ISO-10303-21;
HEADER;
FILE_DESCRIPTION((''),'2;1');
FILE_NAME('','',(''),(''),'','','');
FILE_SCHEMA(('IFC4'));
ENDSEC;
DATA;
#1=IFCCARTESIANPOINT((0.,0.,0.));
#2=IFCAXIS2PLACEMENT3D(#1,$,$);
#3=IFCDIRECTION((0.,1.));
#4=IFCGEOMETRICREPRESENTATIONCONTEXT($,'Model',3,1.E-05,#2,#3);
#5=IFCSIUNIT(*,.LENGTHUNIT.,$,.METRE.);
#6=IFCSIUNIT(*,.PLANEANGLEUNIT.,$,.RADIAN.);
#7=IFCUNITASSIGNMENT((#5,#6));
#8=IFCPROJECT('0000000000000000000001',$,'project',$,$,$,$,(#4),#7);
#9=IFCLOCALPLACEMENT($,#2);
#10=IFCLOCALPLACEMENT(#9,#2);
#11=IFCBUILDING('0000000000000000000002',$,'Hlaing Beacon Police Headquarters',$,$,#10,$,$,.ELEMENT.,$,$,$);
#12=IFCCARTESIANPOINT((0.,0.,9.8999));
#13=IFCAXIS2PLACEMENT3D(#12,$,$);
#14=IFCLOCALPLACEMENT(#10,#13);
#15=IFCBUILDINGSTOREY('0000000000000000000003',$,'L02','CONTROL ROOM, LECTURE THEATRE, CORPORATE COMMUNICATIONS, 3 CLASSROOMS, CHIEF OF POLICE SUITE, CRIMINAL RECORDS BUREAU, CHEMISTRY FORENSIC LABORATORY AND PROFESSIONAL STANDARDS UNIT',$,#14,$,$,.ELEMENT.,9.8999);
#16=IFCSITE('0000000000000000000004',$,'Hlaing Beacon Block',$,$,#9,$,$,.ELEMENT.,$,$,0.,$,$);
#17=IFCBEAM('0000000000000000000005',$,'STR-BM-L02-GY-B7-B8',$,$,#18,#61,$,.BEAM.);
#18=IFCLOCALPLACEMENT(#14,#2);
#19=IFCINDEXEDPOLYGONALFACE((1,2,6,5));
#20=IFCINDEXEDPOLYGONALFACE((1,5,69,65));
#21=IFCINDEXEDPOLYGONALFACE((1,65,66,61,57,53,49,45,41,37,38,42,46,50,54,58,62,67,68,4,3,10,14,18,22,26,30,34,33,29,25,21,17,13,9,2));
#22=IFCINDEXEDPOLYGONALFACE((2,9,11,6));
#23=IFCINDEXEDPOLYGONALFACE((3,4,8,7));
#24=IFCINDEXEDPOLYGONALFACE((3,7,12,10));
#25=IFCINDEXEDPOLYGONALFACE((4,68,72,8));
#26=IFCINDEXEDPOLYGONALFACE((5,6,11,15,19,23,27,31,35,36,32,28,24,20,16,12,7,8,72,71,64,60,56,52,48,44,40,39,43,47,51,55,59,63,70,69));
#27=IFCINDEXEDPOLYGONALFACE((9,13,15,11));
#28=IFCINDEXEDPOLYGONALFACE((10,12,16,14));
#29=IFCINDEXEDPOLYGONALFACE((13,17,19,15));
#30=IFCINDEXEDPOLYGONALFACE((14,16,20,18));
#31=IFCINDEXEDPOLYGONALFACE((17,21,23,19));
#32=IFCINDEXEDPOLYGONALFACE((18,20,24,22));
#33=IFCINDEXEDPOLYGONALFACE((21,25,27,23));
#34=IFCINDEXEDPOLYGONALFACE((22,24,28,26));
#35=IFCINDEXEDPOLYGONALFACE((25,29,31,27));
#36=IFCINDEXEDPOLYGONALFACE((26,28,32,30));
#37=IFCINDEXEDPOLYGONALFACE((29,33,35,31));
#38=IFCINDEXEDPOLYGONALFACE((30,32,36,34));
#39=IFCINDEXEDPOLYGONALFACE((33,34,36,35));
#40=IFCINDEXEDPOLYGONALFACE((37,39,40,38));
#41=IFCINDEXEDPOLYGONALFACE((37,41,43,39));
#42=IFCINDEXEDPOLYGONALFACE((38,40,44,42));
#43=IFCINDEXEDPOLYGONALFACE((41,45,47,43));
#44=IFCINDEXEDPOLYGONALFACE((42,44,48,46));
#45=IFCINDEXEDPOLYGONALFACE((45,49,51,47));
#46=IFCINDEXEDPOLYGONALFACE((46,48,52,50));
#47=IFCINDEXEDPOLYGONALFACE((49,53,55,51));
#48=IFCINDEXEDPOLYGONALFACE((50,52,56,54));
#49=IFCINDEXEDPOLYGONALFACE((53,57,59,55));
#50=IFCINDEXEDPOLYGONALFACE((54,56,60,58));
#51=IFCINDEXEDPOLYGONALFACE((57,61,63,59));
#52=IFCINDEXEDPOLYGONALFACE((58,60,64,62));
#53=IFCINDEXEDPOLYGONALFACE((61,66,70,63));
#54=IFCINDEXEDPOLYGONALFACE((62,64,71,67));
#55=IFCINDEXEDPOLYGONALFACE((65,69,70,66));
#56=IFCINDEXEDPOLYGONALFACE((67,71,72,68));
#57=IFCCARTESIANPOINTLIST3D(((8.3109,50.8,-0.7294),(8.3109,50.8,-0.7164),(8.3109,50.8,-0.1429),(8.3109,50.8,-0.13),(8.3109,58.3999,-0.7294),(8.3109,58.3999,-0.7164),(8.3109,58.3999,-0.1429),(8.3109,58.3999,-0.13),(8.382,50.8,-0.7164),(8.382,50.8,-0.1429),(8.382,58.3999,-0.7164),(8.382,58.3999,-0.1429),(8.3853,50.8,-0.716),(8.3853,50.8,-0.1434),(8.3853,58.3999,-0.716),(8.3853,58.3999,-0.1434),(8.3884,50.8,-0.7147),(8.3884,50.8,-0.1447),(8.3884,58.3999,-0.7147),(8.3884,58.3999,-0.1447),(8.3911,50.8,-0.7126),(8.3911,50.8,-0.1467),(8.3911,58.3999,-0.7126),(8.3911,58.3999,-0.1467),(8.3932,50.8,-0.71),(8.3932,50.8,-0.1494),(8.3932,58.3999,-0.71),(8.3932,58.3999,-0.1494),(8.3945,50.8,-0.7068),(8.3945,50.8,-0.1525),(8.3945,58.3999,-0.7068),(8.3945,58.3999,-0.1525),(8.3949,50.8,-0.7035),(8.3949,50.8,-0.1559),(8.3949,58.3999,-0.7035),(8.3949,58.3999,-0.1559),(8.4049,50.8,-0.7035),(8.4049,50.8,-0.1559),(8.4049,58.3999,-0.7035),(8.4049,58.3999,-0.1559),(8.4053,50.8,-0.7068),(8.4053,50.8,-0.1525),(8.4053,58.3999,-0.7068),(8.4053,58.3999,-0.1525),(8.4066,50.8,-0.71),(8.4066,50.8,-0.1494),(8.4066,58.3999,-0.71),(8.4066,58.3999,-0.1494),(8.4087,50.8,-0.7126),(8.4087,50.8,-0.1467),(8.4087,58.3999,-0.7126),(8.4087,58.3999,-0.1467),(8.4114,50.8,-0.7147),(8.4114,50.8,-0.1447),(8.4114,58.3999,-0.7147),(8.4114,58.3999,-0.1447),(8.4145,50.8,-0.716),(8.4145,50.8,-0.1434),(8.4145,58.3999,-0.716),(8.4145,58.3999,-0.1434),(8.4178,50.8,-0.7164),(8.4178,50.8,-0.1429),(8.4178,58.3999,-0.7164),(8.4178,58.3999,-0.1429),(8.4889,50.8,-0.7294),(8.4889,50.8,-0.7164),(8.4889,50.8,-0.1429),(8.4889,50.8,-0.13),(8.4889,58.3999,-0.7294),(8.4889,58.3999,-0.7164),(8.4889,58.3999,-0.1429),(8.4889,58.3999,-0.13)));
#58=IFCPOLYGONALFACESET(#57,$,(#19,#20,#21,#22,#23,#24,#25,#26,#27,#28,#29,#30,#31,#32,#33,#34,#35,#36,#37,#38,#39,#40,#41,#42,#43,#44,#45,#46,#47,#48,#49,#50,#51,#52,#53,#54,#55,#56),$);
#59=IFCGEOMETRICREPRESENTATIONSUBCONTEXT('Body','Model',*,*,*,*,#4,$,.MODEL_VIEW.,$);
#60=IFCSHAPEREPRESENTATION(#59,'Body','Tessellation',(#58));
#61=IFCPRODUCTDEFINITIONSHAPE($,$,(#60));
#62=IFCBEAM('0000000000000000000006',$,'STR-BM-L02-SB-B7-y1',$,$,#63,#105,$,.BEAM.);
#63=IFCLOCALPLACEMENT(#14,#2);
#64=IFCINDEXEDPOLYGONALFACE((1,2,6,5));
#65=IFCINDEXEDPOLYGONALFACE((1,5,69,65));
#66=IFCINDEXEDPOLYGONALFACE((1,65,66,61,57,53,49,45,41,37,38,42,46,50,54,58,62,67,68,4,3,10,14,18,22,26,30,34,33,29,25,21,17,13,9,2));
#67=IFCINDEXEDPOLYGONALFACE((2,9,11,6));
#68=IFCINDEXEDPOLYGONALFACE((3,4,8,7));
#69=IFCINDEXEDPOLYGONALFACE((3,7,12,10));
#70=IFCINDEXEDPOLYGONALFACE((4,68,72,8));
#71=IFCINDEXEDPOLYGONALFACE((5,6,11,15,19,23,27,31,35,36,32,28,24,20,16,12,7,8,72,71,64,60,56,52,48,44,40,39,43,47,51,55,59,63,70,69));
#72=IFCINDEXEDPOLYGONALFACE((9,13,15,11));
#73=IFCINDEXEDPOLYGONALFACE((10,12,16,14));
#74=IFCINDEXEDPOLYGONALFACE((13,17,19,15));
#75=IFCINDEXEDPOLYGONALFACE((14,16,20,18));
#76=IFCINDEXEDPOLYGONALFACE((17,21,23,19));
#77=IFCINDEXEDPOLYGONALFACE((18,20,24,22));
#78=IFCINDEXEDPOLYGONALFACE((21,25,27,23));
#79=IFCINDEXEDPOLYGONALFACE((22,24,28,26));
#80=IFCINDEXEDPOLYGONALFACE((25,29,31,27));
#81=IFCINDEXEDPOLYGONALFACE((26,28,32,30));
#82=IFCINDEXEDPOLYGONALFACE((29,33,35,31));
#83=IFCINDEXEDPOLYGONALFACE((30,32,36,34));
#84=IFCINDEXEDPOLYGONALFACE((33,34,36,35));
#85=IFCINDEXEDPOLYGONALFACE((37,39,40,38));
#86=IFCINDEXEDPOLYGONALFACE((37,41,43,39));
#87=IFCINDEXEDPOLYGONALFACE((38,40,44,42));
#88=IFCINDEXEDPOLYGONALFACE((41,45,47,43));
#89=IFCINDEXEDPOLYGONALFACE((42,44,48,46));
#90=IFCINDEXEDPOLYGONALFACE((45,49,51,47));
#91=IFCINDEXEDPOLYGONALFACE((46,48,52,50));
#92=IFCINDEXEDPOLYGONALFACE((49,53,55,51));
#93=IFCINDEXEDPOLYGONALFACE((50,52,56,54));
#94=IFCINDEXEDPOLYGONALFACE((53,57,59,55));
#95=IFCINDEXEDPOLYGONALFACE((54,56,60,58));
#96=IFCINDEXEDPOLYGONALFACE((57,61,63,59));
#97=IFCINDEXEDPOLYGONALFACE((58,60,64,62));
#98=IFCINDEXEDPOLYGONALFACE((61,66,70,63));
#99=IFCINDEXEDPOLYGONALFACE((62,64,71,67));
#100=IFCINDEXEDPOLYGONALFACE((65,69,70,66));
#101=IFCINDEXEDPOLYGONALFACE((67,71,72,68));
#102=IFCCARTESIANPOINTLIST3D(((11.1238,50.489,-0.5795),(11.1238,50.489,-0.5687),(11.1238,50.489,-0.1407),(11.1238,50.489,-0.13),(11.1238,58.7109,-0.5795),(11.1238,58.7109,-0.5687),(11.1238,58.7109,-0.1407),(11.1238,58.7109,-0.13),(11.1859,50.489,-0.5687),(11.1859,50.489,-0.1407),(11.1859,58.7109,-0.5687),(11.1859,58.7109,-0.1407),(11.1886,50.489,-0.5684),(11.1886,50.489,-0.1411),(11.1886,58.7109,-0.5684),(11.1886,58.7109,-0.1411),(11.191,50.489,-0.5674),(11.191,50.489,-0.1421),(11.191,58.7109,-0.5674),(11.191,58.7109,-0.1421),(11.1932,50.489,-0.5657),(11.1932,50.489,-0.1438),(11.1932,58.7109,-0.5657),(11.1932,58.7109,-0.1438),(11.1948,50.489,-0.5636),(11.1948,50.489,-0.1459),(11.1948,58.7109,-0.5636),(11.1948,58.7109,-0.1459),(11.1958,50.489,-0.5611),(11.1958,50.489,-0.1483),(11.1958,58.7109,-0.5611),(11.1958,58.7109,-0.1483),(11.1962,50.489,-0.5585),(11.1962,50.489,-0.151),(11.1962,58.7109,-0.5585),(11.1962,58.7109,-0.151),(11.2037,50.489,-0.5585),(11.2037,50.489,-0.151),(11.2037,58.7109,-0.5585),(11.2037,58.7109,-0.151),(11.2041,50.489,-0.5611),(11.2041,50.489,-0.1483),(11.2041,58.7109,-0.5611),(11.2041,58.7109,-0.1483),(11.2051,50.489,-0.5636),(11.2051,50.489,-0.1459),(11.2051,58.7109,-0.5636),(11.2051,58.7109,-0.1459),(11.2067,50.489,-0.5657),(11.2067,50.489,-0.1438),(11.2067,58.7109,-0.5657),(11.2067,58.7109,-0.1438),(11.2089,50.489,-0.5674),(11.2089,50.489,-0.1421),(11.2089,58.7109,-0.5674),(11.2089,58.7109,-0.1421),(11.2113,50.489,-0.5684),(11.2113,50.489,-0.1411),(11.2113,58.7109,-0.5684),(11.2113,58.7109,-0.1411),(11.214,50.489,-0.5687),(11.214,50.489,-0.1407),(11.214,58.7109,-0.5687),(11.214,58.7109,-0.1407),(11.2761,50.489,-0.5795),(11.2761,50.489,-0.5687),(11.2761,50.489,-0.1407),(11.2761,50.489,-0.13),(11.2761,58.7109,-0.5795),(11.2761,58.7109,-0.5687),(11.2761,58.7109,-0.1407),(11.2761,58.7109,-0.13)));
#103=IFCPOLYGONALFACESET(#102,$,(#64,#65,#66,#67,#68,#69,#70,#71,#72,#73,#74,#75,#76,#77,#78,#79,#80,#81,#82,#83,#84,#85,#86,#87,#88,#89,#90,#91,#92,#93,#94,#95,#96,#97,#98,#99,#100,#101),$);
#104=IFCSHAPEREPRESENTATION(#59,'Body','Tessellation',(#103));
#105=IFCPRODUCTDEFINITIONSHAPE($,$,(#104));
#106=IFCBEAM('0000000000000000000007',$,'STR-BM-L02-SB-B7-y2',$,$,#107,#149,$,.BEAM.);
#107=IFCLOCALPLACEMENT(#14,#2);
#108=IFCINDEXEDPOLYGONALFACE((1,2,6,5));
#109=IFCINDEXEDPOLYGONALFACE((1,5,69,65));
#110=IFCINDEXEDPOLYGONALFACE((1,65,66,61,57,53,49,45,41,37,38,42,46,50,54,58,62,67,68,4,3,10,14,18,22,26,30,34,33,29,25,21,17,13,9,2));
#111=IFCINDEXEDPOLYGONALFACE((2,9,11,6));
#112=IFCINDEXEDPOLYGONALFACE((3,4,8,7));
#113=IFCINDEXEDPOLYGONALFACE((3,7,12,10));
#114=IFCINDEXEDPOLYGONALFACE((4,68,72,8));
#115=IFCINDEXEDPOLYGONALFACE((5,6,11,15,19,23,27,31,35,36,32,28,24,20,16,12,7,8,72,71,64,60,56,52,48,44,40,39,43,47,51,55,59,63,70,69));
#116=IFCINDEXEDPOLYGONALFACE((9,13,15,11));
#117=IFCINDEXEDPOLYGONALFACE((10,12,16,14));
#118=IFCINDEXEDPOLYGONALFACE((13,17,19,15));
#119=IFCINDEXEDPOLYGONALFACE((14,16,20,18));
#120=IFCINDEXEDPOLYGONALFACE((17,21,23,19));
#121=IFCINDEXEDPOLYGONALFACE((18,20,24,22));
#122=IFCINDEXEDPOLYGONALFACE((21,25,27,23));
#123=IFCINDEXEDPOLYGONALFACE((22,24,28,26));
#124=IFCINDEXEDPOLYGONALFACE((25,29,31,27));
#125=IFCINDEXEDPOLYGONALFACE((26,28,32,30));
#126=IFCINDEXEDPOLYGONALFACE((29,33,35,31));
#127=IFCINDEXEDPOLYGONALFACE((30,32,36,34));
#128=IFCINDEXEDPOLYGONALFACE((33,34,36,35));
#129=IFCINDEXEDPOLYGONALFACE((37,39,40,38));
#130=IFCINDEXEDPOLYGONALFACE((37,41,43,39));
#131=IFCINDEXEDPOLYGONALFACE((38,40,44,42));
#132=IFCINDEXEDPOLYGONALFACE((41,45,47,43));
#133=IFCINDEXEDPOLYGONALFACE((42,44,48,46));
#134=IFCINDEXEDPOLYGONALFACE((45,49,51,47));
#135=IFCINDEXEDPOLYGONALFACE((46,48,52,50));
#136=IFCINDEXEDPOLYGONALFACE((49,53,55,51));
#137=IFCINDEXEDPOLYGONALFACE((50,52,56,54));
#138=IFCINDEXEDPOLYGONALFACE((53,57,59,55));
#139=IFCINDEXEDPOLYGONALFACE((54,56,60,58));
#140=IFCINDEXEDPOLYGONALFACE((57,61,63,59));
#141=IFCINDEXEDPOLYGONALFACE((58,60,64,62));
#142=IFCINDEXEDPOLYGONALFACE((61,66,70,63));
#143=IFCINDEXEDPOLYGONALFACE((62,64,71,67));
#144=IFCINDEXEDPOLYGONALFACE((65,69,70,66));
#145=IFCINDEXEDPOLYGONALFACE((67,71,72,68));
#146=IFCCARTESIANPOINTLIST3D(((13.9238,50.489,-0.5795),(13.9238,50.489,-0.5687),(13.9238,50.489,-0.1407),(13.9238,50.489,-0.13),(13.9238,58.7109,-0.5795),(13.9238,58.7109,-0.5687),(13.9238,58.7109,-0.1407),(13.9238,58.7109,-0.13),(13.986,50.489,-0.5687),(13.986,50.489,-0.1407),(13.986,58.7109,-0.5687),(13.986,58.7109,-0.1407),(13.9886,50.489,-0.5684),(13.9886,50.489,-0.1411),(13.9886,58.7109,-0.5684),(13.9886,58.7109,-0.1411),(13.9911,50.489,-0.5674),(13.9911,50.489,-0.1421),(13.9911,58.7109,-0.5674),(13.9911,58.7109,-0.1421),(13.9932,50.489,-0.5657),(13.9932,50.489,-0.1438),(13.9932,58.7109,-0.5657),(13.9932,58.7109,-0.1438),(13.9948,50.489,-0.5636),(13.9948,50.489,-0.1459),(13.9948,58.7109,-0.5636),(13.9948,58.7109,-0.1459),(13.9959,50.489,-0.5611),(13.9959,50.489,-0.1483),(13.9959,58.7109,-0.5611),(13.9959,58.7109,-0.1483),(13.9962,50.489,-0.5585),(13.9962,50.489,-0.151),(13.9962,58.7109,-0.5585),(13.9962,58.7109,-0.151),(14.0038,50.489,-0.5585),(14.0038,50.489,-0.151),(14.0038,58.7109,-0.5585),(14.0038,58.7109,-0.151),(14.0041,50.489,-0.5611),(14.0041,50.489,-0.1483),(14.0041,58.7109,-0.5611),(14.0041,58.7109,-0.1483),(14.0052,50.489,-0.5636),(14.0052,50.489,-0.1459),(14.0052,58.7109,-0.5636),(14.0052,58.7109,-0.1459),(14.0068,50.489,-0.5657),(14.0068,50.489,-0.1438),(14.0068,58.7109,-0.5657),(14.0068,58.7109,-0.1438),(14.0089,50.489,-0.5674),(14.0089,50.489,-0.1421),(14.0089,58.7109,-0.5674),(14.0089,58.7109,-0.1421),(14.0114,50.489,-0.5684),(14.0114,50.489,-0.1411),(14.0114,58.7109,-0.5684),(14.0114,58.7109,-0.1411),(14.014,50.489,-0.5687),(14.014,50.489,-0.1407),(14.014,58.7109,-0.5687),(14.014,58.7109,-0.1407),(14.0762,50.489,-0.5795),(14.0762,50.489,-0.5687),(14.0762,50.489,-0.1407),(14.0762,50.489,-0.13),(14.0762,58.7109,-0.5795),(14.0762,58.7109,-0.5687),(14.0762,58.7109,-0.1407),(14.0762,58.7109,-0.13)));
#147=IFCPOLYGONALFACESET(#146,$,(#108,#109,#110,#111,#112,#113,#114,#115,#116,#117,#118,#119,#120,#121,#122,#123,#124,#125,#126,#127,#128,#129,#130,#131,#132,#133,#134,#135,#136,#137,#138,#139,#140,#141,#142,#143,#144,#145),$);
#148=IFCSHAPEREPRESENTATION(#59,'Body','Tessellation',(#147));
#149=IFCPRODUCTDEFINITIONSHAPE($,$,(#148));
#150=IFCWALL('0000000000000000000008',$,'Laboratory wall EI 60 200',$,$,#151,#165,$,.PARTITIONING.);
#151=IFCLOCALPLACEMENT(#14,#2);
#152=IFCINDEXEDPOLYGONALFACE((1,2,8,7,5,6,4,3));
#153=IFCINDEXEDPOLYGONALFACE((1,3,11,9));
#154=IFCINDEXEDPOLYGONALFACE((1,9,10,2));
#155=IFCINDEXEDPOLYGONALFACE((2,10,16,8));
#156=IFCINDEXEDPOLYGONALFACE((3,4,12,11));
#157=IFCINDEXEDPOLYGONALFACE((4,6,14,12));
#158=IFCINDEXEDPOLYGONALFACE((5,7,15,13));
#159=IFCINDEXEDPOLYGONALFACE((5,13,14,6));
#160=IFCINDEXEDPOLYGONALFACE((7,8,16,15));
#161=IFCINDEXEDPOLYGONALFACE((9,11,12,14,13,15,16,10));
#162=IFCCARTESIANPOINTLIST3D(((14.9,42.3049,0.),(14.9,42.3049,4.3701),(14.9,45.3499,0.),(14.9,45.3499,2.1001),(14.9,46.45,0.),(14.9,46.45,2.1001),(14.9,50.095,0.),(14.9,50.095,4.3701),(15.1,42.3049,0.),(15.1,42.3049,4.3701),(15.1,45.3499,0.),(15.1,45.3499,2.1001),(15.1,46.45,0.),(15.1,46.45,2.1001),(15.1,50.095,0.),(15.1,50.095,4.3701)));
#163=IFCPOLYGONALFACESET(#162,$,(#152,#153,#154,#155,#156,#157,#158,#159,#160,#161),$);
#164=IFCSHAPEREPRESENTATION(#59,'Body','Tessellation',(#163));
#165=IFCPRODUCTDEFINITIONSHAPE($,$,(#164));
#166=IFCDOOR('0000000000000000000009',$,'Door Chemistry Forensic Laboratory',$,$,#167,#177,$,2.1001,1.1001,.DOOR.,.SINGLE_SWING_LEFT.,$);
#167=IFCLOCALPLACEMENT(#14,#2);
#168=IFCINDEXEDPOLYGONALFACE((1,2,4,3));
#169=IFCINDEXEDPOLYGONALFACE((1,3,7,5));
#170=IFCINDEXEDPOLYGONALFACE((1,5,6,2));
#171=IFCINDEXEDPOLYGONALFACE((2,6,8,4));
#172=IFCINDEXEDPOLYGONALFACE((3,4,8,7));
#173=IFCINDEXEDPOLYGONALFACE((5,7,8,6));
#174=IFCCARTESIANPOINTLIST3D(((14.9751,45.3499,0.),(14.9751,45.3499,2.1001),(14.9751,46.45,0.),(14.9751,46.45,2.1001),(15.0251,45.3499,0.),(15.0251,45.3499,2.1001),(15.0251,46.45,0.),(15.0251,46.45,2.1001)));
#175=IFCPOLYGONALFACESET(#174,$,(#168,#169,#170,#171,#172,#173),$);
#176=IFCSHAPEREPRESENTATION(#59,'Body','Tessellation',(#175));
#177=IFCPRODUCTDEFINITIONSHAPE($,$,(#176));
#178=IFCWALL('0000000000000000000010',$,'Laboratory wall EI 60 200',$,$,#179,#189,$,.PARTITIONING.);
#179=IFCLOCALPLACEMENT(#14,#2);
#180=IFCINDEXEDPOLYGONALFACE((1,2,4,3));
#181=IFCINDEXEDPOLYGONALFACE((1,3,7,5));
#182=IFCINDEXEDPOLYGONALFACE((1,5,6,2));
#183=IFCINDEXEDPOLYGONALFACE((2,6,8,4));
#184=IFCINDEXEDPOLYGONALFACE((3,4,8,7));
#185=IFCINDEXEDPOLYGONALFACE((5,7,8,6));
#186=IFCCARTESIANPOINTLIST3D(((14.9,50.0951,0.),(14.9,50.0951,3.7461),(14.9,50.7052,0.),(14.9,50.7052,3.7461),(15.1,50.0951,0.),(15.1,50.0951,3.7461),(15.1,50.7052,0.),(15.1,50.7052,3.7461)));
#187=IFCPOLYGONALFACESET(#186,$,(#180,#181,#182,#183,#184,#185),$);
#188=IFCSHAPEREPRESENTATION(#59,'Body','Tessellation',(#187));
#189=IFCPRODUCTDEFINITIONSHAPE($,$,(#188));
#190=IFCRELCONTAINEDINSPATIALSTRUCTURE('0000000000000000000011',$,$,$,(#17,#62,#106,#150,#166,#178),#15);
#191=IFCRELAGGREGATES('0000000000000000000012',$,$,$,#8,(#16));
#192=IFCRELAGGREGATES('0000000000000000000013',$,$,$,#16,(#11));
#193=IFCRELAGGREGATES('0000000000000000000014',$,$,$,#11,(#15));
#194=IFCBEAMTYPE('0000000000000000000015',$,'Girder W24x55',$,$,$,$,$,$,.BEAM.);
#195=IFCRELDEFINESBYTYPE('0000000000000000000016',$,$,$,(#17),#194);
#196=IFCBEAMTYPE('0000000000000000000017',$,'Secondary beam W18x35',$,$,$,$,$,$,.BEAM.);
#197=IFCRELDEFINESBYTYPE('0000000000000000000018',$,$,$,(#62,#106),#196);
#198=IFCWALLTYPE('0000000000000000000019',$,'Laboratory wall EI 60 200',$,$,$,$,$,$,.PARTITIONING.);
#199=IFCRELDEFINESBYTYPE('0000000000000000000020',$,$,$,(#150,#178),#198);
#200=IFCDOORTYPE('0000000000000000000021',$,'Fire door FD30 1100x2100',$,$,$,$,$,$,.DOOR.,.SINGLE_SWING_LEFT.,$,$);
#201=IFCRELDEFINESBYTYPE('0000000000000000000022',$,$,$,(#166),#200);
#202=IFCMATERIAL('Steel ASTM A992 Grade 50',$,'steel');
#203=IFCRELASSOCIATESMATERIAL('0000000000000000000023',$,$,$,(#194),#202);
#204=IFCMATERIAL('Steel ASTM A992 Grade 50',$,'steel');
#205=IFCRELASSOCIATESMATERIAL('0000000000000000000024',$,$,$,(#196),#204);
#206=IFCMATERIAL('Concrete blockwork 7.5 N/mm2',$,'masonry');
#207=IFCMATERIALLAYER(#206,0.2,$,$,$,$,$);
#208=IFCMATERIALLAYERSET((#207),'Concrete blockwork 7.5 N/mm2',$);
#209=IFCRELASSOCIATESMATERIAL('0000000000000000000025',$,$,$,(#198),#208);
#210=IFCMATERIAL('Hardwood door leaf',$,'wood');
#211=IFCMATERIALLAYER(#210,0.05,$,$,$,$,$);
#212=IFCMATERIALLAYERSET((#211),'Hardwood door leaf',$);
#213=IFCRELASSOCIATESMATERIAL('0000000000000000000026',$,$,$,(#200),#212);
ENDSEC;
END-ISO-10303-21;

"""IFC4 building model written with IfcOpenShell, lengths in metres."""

from ifc_helpers import new_model, si_unit, direction, frame, frame_2d, origin, origin_2d, place, context, subcontext, project, spatial, rectangle, i_section, extrude, material, layer, layer_set, material_profile, profile_set, type_object, element, fill, save


model = new_model("IFC4")

# Units and contexts
model_context = context("Model", 3, precision=1e-05, world=origin(), true_north=direction((0.0, 1.0)))
body_context = subcontext(model_context, "Body", "Model", "MODEL_VIEW")
ifc_project = project(units=[si_unit("LENGTHUNIT", "METRE"), si_unit("PLANEANGLEUNIT", "RADIAN")], contexts=[model_context])

# Site, building, storey
site_placement = place(None, origin())
site = spatial("IfcSite", under=ifc_project, at=site_placement, Name="Hlaing Beacon Block", CompositionType="ELEMENT", RefElevation=0.0)
building_placement = place(site_placement, origin())
building = spatial("IfcBuilding", under=site, at=building_placement, Name="Hlaing Beacon Police Headquarters", CompositionType="ELEMENT")
storey_placement = place(building_placement, frame((0.0, 0.0, 9.8999)))
storey = spatial("IfcBuildingStorey", under=building, at=storey_placement, Name="L02", Description="CONTROL ROOM, LECTURE THEATRE, CORPORATE COMMUNICATIONS, 3 CLASSROOMS, CHIEF OF POLICE SUITE, CRIMINAL RECORDS BUREAU, CHEMISTRY FORENSIC LABORATORY AND PROFESSIONAL STANDARDS UNIT", CompositionType="ELEMENT", Elevation=9.8999)

# Beams
ifc_material_1 = material(Name="Steel ASTM A992 Grade 50", Category="steel")
ifc_material_profile_1 = material_profile(ifc_material_1, i_section(OverallWidth=0.178, OverallDepth=0.5994, WebThickness=0.01, FlangeThickness=0.0129, FilletRadius=0.0129, at=origin_2d()), Name="W24x55")
ifc_profile_set_1 = profile_set([ifc_material_profile_1], Name="Steel ASTM A992 Grade 50")
beam_type_1 = type_object("IfcBeamType", Name="Girder W24x55", PredefinedType="BEAM", material=ifc_profile_set_1)
beam_1_placement = place(storey_placement, frame((8.3999, 50.8, -0.4297), z_axis=(0.0, 1.0, 0.0), x_axis=(-1.0, 0.0, 0.0)))
element("IfcBeam", 1, at=beam_1_placement, inside=storey, type_object=beam_type_1, Name="STR-BM-L02-GY-B7-B8", PredefinedType="BEAM", context=body_context, shape_type="SweptSolid", body=[
    extrude(i_section(OverallWidth=0.178, OverallDepth=0.5994, WebThickness=0.01, FlangeThickness=0.0129, FilletRadius=0.0129, at=origin_2d()), origin(), (0.0, 0.0, 1.0), 7.5999),
])
ifc_material_2 = material(Name="Steel ASTM A992 Grade 50", Category="steel")
ifc_material_profile_2 = material_profile(ifc_material_2, i_section(OverallWidth=0.1523, OverallDepth=0.4495, WebThickness=0.0076, FlangeThickness=0.0107, FilletRadius=0.0103, at=origin_2d()), Name="W18x35")
ifc_profile_set_2 = profile_set([ifc_material_profile_2], Name="Steel ASTM A992 Grade 50")
beam_type_2 = type_object("IfcBeamType", Name="Secondary beam W18x35", PredefinedType="BEAM", material=ifc_profile_set_2)
for number, where, z_axis, x_axis, name in (
    (2, (11.2, 50.489, -0.3547), (0.0, 1.0, 0.0), (-1.0, 0.0, 0.0), "STR-BM-L02-SB-B7-y1"),
    (3, (14.0, 50.489, -0.3547), (0.0, 1.0, 0.0), (-1.0, 0.0, 0.0), "STR-BM-L02-SB-B7-y2"),
):
    element("IfcBeam", number, at=place(storey_placement, frame(where, z_axis=z_axis, x_axis=x_axis)), inside=storey, type_object=beam_type_2, Name=name, PredefinedType="BEAM", context=body_context, shape_type="SweptSolid", body=[
        extrude(i_section(OverallWidth=0.1523, OverallDepth=0.4495, WebThickness=0.0076, FlangeThickness=0.0107, FilletRadius=0.0103, at=origin_2d()), origin(), (0.0, 0.0, 1.0), 8.2219),
    ])

# Wall, opening, door
ifc_material_3 = material(Name="Concrete blockwork 7.5 N/mm2", Category="masonry")
ifc_layer_1 = layer(ifc_material_3, 0.2)
ifc_layer_set_1 = layer_set([ifc_layer_1], Name="Concrete blockwork 7.5 N/mm2")
wall_type_1 = type_object("IfcWallType", Name="Laboratory wall EI 60 200", PredefinedType="PARTITIONING", material=ifc_layer_set_1)
wall_1_placement = place(storey_placement, frame((15.0, 42.3049, 0.0), z_axis=(0.0, 0.0, 1.0), x_axis=(0.0, 1.0, 0.0)))
wall_1 = element("IfcWall", 4, at=wall_1_placement, inside=storey, type_object=wall_type_1, Name="Laboratory wall EI 60 200", PredefinedType="PARTITIONING", context=body_context, shape_type="SweptSolid", body=[
    extrude(rectangle(XDim=7.79, YDim=0.2, at=frame_2d((3.895, 0.0))), origin(), (0.0, 0.0, 1.0), 4.3701),
])
opening_placement = place(wall_1_placement, frame((3.0449, 0.0, 0.0)))
opening = element("IfcOpeningElement", 5, at=opening_placement, cuts=wall_1, PredefinedType="OPENING", context=body_context, shape_type="SweptSolid", body=[
    extrude(rectangle(XDim=1.1001, YDim=2.1001, at=frame_2d((0.55, 1.05))), frame((0.0, 0.1099, 0.0), z_axis=(0.0, -1.0, 0.0), x_axis=(1.0, 0.0, 0.0)), (0.0, 0.0, 1.0), 0.22),
])
ifc_material_4 = material(Name="Hardwood door leaf", Category="wood")
ifc_layer_2 = layer(ifc_material_4, 0.05)
ifc_layer_set_2 = layer_set([ifc_layer_2], Name="Hardwood door leaf")
door_type = type_object("IfcDoorType", Name="Fire door FD30 1100x2100", OperationType="SINGLE_SWING_LEFT", PredefinedType="DOOR", material=ifc_layer_set_2)
door_placement = place(opening_placement, origin())
door = element("IfcDoor", 6, at=door_placement, inside=storey, type_object=door_type, Name="Door Chemistry Forensic Laboratory", OperationType="SINGLE_SWING_LEFT", OverallHeight=2.1001, OverallWidth=1.1001, PredefinedType="DOOR", context=body_context, shape_type="SweptSolid", body=[
    extrude(rectangle(XDim=1.1001, YDim=2.1001, at=frame_2d((0.55, 1.05))), frame((0.0, 0.0249, 0.0), z_axis=(0.0, -1.0, 0.0), x_axis=(1.0, 0.0, 0.0)), (0.0, 0.0, 1.0), 0.05),
])
fill(opening, door)

# Wall
wall_2_placement = place(storey_placement, frame((15.0, 50.095, 0.0), z_axis=(0.0, 0.0, 1.0), x_axis=(0.0, 1.0, 0.0)))
element("IfcWall", 7, at=wall_2_placement, inside=storey, type_object=wall_type_1, Name="Laboratory wall EI 60 200", PredefinedType="PARTITIONING", context=body_context, shape_type="SweptSolid", body=[
    extrude(rectangle(XDim=0.6101, YDim=0.2, at=frame_2d((0.3052, 0.0))), origin(), (0.0, 0.0, 1.0), 3.7461),
])

save(model, "model.ifc")
